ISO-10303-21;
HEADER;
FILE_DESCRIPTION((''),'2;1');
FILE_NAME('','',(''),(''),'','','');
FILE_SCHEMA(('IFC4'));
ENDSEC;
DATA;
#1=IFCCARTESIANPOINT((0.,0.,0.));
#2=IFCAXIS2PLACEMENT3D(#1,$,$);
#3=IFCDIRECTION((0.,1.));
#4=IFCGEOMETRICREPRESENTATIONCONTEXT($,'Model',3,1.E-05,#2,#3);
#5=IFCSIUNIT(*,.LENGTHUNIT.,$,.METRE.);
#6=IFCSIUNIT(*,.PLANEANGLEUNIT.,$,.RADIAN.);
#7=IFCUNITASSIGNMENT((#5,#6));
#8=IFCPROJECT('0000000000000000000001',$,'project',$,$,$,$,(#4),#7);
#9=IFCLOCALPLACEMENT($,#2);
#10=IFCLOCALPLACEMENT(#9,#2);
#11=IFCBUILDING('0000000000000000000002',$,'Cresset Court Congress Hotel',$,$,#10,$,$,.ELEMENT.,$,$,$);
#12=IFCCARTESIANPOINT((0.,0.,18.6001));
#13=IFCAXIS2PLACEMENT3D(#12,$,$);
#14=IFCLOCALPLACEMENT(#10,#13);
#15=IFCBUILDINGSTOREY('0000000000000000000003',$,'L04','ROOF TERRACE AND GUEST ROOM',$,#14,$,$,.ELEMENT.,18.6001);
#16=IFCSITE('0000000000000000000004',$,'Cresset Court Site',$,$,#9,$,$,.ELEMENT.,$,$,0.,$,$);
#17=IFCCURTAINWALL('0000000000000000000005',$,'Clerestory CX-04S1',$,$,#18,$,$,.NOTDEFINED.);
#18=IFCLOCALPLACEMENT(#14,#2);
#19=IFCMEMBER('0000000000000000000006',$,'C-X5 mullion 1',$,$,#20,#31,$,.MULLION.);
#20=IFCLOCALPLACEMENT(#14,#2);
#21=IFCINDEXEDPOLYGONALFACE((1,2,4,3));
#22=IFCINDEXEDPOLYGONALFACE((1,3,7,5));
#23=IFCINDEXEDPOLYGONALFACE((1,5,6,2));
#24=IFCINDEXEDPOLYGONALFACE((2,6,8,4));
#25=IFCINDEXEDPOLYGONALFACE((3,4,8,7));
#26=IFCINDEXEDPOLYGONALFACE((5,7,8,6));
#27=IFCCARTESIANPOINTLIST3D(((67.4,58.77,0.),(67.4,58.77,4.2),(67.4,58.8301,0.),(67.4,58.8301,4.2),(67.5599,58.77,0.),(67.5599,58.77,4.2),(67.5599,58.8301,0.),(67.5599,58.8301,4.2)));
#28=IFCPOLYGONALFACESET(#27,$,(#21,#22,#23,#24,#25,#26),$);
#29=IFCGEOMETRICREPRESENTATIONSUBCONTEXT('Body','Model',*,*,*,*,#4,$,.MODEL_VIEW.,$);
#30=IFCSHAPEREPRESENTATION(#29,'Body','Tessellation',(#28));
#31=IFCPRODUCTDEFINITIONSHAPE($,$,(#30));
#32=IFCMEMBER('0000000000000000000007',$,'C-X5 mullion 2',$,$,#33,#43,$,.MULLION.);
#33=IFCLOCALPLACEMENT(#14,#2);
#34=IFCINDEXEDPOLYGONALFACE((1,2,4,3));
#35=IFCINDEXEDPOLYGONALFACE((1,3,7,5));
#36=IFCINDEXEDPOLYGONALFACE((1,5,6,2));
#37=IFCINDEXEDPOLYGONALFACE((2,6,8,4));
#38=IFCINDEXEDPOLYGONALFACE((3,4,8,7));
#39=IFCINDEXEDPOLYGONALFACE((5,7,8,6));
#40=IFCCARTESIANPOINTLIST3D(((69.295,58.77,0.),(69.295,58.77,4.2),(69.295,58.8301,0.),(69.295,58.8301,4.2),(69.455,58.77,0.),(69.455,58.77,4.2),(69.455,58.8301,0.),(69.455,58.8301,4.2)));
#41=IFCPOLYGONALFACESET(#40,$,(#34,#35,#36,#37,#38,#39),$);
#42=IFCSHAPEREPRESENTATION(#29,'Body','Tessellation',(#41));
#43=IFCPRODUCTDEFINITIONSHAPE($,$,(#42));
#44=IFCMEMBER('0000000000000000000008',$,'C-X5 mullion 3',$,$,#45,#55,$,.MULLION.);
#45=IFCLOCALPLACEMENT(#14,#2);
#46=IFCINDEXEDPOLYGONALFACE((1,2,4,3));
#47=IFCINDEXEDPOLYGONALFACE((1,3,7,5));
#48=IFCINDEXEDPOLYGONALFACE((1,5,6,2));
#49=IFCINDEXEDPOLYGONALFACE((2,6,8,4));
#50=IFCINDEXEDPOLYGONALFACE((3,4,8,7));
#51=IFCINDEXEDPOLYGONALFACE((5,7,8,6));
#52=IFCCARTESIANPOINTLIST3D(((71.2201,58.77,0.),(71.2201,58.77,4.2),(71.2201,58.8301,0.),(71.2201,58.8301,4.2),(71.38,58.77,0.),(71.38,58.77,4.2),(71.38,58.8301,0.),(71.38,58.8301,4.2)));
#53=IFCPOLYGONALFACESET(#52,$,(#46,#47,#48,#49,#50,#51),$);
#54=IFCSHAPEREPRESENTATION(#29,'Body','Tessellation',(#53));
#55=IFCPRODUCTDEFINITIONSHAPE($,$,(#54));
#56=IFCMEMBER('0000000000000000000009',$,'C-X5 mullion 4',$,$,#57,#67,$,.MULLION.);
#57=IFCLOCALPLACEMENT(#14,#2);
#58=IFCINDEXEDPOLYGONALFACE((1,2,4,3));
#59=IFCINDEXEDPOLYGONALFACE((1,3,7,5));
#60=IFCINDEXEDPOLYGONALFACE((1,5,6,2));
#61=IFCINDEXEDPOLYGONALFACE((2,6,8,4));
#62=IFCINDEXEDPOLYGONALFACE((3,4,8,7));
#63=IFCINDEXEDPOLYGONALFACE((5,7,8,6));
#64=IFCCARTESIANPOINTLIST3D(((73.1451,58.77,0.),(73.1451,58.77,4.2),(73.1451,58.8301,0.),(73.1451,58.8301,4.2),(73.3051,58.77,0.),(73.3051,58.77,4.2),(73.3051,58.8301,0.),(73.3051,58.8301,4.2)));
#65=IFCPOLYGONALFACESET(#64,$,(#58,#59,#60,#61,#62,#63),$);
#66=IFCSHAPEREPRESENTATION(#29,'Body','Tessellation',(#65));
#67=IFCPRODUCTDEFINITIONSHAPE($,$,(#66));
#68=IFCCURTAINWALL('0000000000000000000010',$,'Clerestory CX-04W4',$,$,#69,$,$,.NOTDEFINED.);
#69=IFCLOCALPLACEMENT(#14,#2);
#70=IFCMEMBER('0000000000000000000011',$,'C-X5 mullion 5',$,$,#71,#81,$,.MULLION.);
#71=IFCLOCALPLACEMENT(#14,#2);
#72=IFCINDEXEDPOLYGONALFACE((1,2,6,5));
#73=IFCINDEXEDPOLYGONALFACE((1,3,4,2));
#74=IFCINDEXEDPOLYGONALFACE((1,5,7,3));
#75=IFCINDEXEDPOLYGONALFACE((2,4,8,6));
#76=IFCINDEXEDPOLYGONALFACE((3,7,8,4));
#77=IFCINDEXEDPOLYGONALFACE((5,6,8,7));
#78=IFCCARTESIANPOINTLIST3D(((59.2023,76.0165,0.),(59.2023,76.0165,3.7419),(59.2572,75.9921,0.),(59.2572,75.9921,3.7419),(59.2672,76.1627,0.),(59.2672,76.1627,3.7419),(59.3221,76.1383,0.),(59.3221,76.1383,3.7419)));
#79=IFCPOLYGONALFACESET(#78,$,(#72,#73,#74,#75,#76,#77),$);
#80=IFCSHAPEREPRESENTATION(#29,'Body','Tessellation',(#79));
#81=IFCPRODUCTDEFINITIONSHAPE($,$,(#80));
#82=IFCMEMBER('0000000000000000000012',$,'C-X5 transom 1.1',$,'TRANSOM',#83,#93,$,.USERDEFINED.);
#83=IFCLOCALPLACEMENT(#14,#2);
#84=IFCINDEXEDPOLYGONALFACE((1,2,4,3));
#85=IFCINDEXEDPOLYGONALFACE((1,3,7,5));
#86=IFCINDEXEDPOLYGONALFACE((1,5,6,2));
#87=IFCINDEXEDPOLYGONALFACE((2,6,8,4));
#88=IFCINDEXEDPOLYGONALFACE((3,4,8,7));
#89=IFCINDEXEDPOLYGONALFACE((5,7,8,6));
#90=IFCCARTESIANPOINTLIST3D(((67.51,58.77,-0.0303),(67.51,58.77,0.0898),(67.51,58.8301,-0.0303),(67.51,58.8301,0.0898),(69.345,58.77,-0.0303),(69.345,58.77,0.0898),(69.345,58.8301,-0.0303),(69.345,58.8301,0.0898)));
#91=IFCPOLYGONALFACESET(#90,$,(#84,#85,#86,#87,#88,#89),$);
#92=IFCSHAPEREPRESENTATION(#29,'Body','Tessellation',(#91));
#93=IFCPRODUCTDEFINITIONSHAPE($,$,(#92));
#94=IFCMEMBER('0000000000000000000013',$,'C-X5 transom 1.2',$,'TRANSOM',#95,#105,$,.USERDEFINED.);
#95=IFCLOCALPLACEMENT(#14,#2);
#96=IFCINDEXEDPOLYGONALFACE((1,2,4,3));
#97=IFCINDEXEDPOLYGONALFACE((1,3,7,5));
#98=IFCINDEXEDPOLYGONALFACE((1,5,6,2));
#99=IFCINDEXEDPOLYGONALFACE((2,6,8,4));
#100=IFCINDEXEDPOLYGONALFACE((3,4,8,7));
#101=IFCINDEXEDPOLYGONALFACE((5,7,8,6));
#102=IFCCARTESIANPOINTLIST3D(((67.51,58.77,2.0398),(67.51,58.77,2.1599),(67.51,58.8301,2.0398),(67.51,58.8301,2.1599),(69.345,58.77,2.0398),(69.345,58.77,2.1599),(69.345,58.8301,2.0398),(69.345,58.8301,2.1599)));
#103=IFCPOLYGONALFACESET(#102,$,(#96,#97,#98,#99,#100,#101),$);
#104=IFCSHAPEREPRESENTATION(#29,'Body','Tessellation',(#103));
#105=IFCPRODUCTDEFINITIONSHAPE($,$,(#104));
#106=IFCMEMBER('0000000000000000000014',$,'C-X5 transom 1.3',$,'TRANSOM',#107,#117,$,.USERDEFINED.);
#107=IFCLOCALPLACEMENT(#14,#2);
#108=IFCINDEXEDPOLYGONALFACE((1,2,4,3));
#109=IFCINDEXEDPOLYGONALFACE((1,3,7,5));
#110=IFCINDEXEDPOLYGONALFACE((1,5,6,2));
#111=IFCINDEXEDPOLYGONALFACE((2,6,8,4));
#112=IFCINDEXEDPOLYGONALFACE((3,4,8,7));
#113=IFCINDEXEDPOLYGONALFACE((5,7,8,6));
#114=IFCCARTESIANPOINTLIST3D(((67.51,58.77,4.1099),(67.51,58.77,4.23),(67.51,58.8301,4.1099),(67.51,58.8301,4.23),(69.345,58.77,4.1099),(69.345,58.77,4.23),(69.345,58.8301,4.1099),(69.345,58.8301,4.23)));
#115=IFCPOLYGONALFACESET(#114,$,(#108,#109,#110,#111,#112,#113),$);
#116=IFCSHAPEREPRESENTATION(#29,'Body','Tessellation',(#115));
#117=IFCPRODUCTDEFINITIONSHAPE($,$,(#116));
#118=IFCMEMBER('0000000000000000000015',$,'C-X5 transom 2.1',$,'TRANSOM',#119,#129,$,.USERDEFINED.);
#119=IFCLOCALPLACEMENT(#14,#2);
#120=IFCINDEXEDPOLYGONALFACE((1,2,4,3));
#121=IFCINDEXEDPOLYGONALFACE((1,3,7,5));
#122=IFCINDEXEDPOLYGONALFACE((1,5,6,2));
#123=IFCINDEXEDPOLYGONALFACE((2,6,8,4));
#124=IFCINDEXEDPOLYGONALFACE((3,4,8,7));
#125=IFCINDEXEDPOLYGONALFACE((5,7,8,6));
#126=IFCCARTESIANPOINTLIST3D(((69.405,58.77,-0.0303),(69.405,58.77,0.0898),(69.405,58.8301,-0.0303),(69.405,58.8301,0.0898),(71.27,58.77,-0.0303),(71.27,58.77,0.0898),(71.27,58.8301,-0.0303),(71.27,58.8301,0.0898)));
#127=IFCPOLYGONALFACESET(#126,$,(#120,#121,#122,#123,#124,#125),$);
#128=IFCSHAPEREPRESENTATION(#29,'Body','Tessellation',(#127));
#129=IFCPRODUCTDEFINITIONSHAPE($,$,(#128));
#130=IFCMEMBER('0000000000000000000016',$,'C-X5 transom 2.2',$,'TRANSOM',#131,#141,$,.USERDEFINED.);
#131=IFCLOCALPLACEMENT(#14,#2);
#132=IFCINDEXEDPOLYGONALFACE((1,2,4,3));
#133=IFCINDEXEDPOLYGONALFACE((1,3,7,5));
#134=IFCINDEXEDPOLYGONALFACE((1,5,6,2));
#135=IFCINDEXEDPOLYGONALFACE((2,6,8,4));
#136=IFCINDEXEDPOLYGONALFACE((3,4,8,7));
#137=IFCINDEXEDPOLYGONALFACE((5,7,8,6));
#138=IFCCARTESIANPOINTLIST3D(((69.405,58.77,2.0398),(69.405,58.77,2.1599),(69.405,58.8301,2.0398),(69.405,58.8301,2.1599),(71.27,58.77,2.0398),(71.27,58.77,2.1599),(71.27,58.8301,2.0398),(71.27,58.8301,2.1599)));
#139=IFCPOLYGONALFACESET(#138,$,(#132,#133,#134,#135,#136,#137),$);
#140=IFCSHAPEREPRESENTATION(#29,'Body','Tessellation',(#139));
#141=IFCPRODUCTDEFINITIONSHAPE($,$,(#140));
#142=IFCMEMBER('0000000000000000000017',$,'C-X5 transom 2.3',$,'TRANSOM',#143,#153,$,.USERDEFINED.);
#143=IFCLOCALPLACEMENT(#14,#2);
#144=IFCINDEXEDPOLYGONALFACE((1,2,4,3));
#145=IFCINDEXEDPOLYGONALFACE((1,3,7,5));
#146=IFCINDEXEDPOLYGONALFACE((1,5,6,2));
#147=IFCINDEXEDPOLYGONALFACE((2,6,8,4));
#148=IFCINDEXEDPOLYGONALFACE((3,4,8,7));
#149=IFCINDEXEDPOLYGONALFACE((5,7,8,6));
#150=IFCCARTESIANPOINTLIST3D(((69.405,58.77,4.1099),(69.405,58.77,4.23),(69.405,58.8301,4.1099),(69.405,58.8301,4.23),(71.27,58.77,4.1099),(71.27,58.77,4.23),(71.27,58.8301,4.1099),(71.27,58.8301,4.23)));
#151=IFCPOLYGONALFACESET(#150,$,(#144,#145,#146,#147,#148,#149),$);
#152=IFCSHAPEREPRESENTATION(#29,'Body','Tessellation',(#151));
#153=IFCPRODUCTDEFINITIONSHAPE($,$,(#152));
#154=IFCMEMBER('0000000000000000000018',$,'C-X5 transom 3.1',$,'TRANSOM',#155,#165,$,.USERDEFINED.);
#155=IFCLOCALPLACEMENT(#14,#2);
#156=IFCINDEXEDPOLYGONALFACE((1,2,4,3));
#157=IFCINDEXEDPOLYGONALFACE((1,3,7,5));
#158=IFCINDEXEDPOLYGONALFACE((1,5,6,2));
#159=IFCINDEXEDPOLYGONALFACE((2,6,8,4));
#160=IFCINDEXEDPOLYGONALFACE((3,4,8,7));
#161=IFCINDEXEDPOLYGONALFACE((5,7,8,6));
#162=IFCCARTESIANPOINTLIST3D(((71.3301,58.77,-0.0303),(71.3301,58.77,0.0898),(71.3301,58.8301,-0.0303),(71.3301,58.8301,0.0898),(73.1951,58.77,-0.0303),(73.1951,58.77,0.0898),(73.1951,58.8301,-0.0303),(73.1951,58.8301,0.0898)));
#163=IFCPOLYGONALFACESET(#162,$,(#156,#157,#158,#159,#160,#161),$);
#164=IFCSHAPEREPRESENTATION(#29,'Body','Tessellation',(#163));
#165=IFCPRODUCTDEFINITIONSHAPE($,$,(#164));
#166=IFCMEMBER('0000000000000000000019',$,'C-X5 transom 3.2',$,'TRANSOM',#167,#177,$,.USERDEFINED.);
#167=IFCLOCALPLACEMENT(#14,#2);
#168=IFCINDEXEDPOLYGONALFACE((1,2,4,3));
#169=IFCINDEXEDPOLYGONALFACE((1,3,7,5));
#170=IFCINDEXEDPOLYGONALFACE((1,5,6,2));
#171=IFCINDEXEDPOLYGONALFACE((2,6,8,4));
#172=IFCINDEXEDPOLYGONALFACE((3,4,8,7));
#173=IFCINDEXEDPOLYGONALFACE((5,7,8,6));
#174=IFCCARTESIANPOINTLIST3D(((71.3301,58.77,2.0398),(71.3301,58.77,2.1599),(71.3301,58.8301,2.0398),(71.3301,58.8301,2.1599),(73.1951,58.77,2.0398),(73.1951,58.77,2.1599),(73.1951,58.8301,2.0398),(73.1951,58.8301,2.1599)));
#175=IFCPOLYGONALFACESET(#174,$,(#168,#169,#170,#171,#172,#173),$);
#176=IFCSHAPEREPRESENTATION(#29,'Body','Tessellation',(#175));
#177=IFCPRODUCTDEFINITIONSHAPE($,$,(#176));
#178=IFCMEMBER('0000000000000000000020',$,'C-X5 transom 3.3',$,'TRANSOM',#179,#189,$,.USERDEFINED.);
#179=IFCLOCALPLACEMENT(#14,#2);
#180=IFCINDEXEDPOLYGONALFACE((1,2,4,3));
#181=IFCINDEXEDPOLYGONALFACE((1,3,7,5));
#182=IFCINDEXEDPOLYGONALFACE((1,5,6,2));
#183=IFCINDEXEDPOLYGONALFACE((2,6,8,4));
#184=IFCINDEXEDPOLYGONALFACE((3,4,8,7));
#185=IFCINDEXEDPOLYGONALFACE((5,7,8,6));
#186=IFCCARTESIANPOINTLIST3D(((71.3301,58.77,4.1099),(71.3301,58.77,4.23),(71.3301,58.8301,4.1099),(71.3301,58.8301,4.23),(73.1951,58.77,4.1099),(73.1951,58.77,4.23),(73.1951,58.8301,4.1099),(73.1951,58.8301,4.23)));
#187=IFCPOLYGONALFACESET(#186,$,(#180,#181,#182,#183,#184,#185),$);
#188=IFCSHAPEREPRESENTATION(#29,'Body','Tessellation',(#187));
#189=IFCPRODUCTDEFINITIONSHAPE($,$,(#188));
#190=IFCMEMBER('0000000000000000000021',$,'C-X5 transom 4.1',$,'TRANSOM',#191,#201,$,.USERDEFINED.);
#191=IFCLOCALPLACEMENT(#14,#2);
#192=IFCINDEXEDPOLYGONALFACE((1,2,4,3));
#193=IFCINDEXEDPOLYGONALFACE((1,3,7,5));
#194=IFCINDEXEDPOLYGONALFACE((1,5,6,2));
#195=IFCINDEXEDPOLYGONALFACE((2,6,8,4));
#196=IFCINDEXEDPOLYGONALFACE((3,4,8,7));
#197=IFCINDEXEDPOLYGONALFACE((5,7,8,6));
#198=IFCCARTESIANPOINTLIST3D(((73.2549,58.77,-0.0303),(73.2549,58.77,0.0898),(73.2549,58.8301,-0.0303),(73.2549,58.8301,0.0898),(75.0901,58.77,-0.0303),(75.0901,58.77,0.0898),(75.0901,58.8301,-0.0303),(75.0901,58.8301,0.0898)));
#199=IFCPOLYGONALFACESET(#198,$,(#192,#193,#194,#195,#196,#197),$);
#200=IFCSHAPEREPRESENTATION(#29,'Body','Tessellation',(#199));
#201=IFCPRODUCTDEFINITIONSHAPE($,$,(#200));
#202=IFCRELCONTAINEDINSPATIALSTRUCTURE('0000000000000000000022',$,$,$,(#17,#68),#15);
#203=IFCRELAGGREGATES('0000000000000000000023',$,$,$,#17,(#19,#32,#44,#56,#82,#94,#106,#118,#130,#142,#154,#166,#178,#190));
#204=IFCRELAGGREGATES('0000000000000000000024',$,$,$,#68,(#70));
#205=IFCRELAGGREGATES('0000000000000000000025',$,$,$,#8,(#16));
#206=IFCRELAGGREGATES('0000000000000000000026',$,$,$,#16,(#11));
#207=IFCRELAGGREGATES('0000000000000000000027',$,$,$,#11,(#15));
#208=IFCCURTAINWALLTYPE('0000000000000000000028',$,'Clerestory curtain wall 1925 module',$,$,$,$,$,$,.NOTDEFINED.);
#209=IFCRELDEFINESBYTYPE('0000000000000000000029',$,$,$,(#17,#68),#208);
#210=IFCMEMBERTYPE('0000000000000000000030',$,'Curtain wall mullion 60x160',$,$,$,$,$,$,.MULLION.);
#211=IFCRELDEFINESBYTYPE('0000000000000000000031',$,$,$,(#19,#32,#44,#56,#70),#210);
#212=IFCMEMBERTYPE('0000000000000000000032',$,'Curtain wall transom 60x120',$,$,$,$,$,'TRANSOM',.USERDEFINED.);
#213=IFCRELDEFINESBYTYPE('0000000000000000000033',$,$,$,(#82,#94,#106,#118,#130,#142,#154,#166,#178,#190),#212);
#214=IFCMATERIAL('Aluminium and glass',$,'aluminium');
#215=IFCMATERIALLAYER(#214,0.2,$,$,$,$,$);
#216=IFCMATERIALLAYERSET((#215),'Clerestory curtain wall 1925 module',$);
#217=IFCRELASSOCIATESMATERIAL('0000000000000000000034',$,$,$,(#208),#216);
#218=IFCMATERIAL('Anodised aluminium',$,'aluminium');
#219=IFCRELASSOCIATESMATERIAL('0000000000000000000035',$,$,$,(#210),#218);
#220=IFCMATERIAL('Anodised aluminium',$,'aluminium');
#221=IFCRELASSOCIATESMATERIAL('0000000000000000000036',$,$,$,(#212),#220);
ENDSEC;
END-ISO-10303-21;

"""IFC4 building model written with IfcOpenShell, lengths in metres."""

from ifc_helpers import new_model, si_unit, direction, frame, origin, origin_2d, place, context, subcontext, project, spatial, rectangle, extrude, material, layer, layer_set, material_profile, profile_set, type_object, element, aggregate, save


model = new_model("IFC4")

# Units and contexts
model_context = context("Model", 3, precision=1e-05, world=origin(), true_north=direction((0.0, 1.0)))
body_context = subcontext(model_context, "Body", "Model", "MODEL_VIEW")
ifc_project = project(units=[si_unit("LENGTHUNIT", "METRE"), si_unit("PLANEANGLEUNIT", "RADIAN")], contexts=[model_context])

# Site, building, storey
site_placement = place(None, origin())
site = spatial("IfcSite", under=ifc_project, at=site_placement, Name="Cresset Court Site", CompositionType="ELEMENT", RefElevation=0.0)
building_placement = place(site_placement, origin())
building = spatial("IfcBuilding", under=site, at=building_placement, Name="Cresset Court Congress Hotel", CompositionType="ELEMENT")
storey_placement = place(building_placement, frame((0.0, 0.0, 18.6001)))
storey = spatial("IfcBuildingStorey", under=building, at=storey_placement, Name="L04", Description="ROOF TERRACE AND GUEST ROOM", CompositionType="ELEMENT", Elevation=18.6001)

# Curtain wall, members
ifc_material_1 = material(Name="Aluminium and glass", Category="aluminium")
ifc_layer_1 = layer(ifc_material_1, 0.2)
ifc_layer_set_1 = layer_set([ifc_layer_1], Name="Clerestory curtain wall 1925 module")
curtain_wall_type = type_object("IfcCurtainWallType", Name="Clerestory curtain wall 1925 module", PredefinedType="NOTDEFINED", material=ifc_layer_set_1)
curtain_wall_1_placement = place(storey_placement, origin())
curtain_wall_1 = element("IfcCurtainWall", 1, at=curtain_wall_1_placement, inside=storey, type_object=curtain_wall_type, Name="Clerestory CX-04S1", PredefinedType="NOTDEFINED")
ifc_material_2 = material(Name="Anodised aluminium", Category="aluminium")
ifc_material_profile_1 = material_profile(ifc_material_2, rectangle(XDim=0.0601, YDim=0.1599, at=origin_2d()), Name="AL60x160")
ifc_profile_set_1 = profile_set([ifc_material_profile_1], Name="Anodised aluminium")
member_type_1 = type_object("IfcMemberType", Name="Curtain wall mullion 60x160", PredefinedType="MULLION", material=ifc_profile_set_1)
member_1_placement = place(storey_placement, frame((67.48, 58.8, 0.0), z_axis=(0.0, 0.0, 1.0), x_axis=(0.0, 1.0, 0.0)))
member_1 = element("IfcMember", 2, at=member_1_placement, type_object=member_type_1, Name="C-X5 mullion 1", PredefinedType="MULLION", context=body_context, shape_type="SweptSolid", body=[
    extrude(rectangle(XDim=0.0601, YDim=0.1599, at=origin_2d()), origin(), (0.0, 0.0, 1.0), 4.2),
])
member_2_placement = place(storey_placement, frame((69.375, 58.8, 0.0), z_axis=(0.0, 0.0, 1.0), x_axis=(0.0, 1.0, 0.0)))
member_2 = element("IfcMember", 3, at=member_2_placement, type_object=member_type_1, Name="C-X5 mullion 2", PredefinedType="MULLION", context=body_context, shape_type="SweptSolid", body=[
    extrude(rectangle(XDim=0.0601, YDim=0.1599, at=origin_2d()), origin(), (0.0, 0.0, 1.0), 4.2),
])
member_3_placement = place(storey_placement, frame((71.3, 58.8, 0.0), z_axis=(0.0, 0.0, 1.0), x_axis=(0.0, 1.0, 0.0)))
member_3 = element("IfcMember", 4, at=member_3_placement, type_object=member_type_1, Name="C-X5 mullion 3", PredefinedType="MULLION", context=body_context, shape_type="SweptSolid", body=[
    extrude(rectangle(XDim=0.0601, YDim=0.1599, at=origin_2d()), origin(), (0.0, 0.0, 1.0), 4.2),
])
member_4_placement = place(storey_placement, frame((73.2251, 58.8, 0.0), z_axis=(0.0, 0.0, 1.0), x_axis=(0.0, 1.0, 0.0)))
member_4 = element("IfcMember", 5, at=member_4_placement, type_object=member_type_1, Name="C-X5 mullion 4", PredefinedType="MULLION", context=body_context, shape_type="SweptSolid", body=[
    extrude(rectangle(XDim=0.0601, YDim=0.1599, at=origin_2d()), origin(), (0.0, 0.0, 1.0), 4.2),
])

# Curtain wall, member
curtain_wall_2_placement = place(storey_placement, origin())
curtain_wall_2 = element("IfcCurtainWall", 6, at=curtain_wall_2_placement, inside=storey, type_object=curtain_wall_type, Name="Clerestory CX-04W4", PredefinedType="NOTDEFINED")
member_5_placement = place(storey_placement, frame((59.2622, 76.0774, 0.0), z_axis=(0.0, 0.0, 1.0), x_axis=(0.914148, -0.405381, 0.0)))
member_5 = element("IfcMember", 7, at=member_5_placement, type_object=member_type_1, Name="C-X5 mullion 5", PredefinedType="MULLION", context=body_context, shape_type="SweptSolid", body=[
    extrude(rectangle(XDim=0.0601, YDim=0.1599, at=origin_2d()), origin(), (0.0, 0.0, 1.0), 3.7419),
])

# Members
ifc_material_3 = material(Name="Anodised aluminium", Category="aluminium")
ifc_material_profile_2 = material_profile(ifc_material_3, rectangle(XDim=0.0601, YDim=0.1201, at=origin_2d()), Name="AL60x120")
ifc_profile_set_2 = profile_set([ifc_material_profile_2], Name="Anodised aluminium")
member_type_2 = type_object("IfcMemberType", Name="Curtain wall transom 60x120", ElementType="TRANSOM", PredefinedType="USERDEFINED", material=ifc_profile_set_2)
member_6_placement = place(storey_placement, frame((67.51, 58.8, 0.0298), z_axis=(1.0, 0.0, 0.0), x_axis=(0.0, 1.0, 0.0)))
member_6 = element("IfcMember", 8, at=member_6_placement, type_object=member_type_2, Name="C-X5 transom 1.1", ObjectType="TRANSOM", PredefinedType="USERDEFINED", context=body_context, shape_type="SweptSolid", body=[
    extrude(rectangle(XDim=0.0601, YDim=0.1201, at=origin_2d()), origin(), (0.0, 0.0, 1.0), 1.835),
])
member_7_placement = place(storey_placement, frame((67.51, 58.8, 2.0999), z_axis=(1.0, 0.0, 0.0), x_axis=(0.0, 1.0, 0.0)))
member_7 = element("IfcMember", 9, at=member_7_placement, type_object=member_type_2, Name="C-X5 transom 1.2", ObjectType="TRANSOM", PredefinedType="USERDEFINED", context=body_context, shape_type="SweptSolid", body=[
    extrude(rectangle(XDim=0.0601, YDim=0.1201, at=origin_2d()), origin(), (0.0, 0.0, 1.0), 1.835),
])
member_8_placement = place(storey_placement, frame((67.51, 58.8, 4.1699), z_axis=(1.0, 0.0, 0.0), x_axis=(0.0, 1.0, 0.0)))
member_8 = element("IfcMember", 10, at=member_8_placement, type_object=member_type_2, Name="C-X5 transom 1.3", ObjectType="TRANSOM", PredefinedType="USERDEFINED", context=body_context, shape_type="SweptSolid", body=[
    extrude(rectangle(XDim=0.0601, YDim=0.1201, at=origin_2d()), origin(), (0.0, 0.0, 1.0), 1.835),
])
member_9_placement = place(storey_placement, frame((69.405, 58.8, 0.0298), z_axis=(1.0, 0.0, 0.0), x_axis=(0.0, 1.0, 0.0)))
member_9 = element("IfcMember", 11, at=member_9_placement, type_object=member_type_2, Name="C-X5 transom 2.1", ObjectType="TRANSOM", PredefinedType="USERDEFINED", context=body_context, shape_type="SweptSolid", body=[
    extrude(rectangle(XDim=0.0601, YDim=0.1201, at=origin_2d()), origin(), (0.0, 0.0, 1.0), 1.865),
])
member_10_placement = place(storey_placement, frame((69.405, 58.8, 2.0999), z_axis=(1.0, 0.0, 0.0), x_axis=(0.0, 1.0, 0.0)))
member_10 = element("IfcMember", 12, at=member_10_placement, type_object=member_type_2, Name="C-X5 transom 2.2", ObjectType="TRANSOM", PredefinedType="USERDEFINED", context=body_context, shape_type="SweptSolid", body=[
    extrude(rectangle(XDim=0.0601, YDim=0.1201, at=origin_2d()), origin(), (0.0, 0.0, 1.0), 1.865),
])
member_11_placement = place(storey_placement, frame((69.405, 58.8, 4.1699), z_axis=(1.0, 0.0, 0.0), x_axis=(0.0, 1.0, 0.0)))
member_11 = element("IfcMember", 13, at=member_11_placement, type_object=member_type_2, Name="C-X5 transom 2.3", ObjectType="TRANSOM", PredefinedType="USERDEFINED", context=body_context, shape_type="SweptSolid", body=[
    extrude(rectangle(XDim=0.0601, YDim=0.1201, at=origin_2d()), origin(), (0.0, 0.0, 1.0), 1.865),
])
member_12_placement = place(storey_placement, frame((71.3301, 58.8, 0.0298), z_axis=(1.0, 0.0, 0.0), x_axis=(0.0, 1.0, 0.0)))
member_12 = element("IfcMember", 14, at=member_12_placement, type_object=member_type_2, Name="C-X5 transom 3.1", ObjectType="TRANSOM", PredefinedType="USERDEFINED", context=body_context, shape_type="SweptSolid", body=[
    extrude(rectangle(XDim=0.0601, YDim=0.1201, at=origin_2d()), origin(), (0.0, 0.0, 1.0), 1.865),
])
member_13_placement = place(storey_placement, frame((71.3301, 58.8, 2.0999), z_axis=(1.0, 0.0, 0.0), x_axis=(0.0, 1.0, 0.0)))
member_13 = element("IfcMember", 15, at=member_13_placement, type_object=member_type_2, Name="C-X5 transom 3.2", ObjectType="TRANSOM", PredefinedType="USERDEFINED", context=body_context, shape_type="SweptSolid", body=[
    extrude(rectangle(XDim=0.0601, YDim=0.1201, at=origin_2d()), origin(), (0.0, 0.0, 1.0), 1.865),
])
member_14_placement = place(storey_placement, frame((71.3301, 58.8, 4.1699), z_axis=(1.0, 0.0, 0.0), x_axis=(0.0, 1.0, 0.0)))
member_14 = element("IfcMember", 16, at=member_14_placement, type_object=member_type_2, Name="C-X5 transom 3.3", ObjectType="TRANSOM", PredefinedType="USERDEFINED", context=body_context, shape_type="SweptSolid", body=[
    extrude(rectangle(XDim=0.0601, YDim=0.1201, at=origin_2d()), origin(), (0.0, 0.0, 1.0), 1.865),
])
member_15_placement = place(storey_placement, frame((73.2549, 58.8, 0.0298), z_axis=(1.0, 0.0, 0.0), x_axis=(0.0, 1.0, 0.0)))
member_15 = element("IfcMember", 17, at=member_15_placement, type_object=member_type_2, Name="C-X5 transom 4.1", ObjectType="TRANSOM", PredefinedType="USERDEFINED", context=body_context, shape_type="SweptSolid", body=[
    extrude(rectangle(XDim=0.0601, YDim=0.1201, at=origin_2d()), origin(), (0.0, 0.0, 1.0), 1.8352),
])

aggregate(curtain_wall_1, [member_1, member_2, member_3, member_4, member_6, member_7, member_8, member_9, member_10, member_11, member_12, member_13, member_14, member_15])
aggregate(curtain_wall_2, [member_5])

save(model, "model.ifc")
